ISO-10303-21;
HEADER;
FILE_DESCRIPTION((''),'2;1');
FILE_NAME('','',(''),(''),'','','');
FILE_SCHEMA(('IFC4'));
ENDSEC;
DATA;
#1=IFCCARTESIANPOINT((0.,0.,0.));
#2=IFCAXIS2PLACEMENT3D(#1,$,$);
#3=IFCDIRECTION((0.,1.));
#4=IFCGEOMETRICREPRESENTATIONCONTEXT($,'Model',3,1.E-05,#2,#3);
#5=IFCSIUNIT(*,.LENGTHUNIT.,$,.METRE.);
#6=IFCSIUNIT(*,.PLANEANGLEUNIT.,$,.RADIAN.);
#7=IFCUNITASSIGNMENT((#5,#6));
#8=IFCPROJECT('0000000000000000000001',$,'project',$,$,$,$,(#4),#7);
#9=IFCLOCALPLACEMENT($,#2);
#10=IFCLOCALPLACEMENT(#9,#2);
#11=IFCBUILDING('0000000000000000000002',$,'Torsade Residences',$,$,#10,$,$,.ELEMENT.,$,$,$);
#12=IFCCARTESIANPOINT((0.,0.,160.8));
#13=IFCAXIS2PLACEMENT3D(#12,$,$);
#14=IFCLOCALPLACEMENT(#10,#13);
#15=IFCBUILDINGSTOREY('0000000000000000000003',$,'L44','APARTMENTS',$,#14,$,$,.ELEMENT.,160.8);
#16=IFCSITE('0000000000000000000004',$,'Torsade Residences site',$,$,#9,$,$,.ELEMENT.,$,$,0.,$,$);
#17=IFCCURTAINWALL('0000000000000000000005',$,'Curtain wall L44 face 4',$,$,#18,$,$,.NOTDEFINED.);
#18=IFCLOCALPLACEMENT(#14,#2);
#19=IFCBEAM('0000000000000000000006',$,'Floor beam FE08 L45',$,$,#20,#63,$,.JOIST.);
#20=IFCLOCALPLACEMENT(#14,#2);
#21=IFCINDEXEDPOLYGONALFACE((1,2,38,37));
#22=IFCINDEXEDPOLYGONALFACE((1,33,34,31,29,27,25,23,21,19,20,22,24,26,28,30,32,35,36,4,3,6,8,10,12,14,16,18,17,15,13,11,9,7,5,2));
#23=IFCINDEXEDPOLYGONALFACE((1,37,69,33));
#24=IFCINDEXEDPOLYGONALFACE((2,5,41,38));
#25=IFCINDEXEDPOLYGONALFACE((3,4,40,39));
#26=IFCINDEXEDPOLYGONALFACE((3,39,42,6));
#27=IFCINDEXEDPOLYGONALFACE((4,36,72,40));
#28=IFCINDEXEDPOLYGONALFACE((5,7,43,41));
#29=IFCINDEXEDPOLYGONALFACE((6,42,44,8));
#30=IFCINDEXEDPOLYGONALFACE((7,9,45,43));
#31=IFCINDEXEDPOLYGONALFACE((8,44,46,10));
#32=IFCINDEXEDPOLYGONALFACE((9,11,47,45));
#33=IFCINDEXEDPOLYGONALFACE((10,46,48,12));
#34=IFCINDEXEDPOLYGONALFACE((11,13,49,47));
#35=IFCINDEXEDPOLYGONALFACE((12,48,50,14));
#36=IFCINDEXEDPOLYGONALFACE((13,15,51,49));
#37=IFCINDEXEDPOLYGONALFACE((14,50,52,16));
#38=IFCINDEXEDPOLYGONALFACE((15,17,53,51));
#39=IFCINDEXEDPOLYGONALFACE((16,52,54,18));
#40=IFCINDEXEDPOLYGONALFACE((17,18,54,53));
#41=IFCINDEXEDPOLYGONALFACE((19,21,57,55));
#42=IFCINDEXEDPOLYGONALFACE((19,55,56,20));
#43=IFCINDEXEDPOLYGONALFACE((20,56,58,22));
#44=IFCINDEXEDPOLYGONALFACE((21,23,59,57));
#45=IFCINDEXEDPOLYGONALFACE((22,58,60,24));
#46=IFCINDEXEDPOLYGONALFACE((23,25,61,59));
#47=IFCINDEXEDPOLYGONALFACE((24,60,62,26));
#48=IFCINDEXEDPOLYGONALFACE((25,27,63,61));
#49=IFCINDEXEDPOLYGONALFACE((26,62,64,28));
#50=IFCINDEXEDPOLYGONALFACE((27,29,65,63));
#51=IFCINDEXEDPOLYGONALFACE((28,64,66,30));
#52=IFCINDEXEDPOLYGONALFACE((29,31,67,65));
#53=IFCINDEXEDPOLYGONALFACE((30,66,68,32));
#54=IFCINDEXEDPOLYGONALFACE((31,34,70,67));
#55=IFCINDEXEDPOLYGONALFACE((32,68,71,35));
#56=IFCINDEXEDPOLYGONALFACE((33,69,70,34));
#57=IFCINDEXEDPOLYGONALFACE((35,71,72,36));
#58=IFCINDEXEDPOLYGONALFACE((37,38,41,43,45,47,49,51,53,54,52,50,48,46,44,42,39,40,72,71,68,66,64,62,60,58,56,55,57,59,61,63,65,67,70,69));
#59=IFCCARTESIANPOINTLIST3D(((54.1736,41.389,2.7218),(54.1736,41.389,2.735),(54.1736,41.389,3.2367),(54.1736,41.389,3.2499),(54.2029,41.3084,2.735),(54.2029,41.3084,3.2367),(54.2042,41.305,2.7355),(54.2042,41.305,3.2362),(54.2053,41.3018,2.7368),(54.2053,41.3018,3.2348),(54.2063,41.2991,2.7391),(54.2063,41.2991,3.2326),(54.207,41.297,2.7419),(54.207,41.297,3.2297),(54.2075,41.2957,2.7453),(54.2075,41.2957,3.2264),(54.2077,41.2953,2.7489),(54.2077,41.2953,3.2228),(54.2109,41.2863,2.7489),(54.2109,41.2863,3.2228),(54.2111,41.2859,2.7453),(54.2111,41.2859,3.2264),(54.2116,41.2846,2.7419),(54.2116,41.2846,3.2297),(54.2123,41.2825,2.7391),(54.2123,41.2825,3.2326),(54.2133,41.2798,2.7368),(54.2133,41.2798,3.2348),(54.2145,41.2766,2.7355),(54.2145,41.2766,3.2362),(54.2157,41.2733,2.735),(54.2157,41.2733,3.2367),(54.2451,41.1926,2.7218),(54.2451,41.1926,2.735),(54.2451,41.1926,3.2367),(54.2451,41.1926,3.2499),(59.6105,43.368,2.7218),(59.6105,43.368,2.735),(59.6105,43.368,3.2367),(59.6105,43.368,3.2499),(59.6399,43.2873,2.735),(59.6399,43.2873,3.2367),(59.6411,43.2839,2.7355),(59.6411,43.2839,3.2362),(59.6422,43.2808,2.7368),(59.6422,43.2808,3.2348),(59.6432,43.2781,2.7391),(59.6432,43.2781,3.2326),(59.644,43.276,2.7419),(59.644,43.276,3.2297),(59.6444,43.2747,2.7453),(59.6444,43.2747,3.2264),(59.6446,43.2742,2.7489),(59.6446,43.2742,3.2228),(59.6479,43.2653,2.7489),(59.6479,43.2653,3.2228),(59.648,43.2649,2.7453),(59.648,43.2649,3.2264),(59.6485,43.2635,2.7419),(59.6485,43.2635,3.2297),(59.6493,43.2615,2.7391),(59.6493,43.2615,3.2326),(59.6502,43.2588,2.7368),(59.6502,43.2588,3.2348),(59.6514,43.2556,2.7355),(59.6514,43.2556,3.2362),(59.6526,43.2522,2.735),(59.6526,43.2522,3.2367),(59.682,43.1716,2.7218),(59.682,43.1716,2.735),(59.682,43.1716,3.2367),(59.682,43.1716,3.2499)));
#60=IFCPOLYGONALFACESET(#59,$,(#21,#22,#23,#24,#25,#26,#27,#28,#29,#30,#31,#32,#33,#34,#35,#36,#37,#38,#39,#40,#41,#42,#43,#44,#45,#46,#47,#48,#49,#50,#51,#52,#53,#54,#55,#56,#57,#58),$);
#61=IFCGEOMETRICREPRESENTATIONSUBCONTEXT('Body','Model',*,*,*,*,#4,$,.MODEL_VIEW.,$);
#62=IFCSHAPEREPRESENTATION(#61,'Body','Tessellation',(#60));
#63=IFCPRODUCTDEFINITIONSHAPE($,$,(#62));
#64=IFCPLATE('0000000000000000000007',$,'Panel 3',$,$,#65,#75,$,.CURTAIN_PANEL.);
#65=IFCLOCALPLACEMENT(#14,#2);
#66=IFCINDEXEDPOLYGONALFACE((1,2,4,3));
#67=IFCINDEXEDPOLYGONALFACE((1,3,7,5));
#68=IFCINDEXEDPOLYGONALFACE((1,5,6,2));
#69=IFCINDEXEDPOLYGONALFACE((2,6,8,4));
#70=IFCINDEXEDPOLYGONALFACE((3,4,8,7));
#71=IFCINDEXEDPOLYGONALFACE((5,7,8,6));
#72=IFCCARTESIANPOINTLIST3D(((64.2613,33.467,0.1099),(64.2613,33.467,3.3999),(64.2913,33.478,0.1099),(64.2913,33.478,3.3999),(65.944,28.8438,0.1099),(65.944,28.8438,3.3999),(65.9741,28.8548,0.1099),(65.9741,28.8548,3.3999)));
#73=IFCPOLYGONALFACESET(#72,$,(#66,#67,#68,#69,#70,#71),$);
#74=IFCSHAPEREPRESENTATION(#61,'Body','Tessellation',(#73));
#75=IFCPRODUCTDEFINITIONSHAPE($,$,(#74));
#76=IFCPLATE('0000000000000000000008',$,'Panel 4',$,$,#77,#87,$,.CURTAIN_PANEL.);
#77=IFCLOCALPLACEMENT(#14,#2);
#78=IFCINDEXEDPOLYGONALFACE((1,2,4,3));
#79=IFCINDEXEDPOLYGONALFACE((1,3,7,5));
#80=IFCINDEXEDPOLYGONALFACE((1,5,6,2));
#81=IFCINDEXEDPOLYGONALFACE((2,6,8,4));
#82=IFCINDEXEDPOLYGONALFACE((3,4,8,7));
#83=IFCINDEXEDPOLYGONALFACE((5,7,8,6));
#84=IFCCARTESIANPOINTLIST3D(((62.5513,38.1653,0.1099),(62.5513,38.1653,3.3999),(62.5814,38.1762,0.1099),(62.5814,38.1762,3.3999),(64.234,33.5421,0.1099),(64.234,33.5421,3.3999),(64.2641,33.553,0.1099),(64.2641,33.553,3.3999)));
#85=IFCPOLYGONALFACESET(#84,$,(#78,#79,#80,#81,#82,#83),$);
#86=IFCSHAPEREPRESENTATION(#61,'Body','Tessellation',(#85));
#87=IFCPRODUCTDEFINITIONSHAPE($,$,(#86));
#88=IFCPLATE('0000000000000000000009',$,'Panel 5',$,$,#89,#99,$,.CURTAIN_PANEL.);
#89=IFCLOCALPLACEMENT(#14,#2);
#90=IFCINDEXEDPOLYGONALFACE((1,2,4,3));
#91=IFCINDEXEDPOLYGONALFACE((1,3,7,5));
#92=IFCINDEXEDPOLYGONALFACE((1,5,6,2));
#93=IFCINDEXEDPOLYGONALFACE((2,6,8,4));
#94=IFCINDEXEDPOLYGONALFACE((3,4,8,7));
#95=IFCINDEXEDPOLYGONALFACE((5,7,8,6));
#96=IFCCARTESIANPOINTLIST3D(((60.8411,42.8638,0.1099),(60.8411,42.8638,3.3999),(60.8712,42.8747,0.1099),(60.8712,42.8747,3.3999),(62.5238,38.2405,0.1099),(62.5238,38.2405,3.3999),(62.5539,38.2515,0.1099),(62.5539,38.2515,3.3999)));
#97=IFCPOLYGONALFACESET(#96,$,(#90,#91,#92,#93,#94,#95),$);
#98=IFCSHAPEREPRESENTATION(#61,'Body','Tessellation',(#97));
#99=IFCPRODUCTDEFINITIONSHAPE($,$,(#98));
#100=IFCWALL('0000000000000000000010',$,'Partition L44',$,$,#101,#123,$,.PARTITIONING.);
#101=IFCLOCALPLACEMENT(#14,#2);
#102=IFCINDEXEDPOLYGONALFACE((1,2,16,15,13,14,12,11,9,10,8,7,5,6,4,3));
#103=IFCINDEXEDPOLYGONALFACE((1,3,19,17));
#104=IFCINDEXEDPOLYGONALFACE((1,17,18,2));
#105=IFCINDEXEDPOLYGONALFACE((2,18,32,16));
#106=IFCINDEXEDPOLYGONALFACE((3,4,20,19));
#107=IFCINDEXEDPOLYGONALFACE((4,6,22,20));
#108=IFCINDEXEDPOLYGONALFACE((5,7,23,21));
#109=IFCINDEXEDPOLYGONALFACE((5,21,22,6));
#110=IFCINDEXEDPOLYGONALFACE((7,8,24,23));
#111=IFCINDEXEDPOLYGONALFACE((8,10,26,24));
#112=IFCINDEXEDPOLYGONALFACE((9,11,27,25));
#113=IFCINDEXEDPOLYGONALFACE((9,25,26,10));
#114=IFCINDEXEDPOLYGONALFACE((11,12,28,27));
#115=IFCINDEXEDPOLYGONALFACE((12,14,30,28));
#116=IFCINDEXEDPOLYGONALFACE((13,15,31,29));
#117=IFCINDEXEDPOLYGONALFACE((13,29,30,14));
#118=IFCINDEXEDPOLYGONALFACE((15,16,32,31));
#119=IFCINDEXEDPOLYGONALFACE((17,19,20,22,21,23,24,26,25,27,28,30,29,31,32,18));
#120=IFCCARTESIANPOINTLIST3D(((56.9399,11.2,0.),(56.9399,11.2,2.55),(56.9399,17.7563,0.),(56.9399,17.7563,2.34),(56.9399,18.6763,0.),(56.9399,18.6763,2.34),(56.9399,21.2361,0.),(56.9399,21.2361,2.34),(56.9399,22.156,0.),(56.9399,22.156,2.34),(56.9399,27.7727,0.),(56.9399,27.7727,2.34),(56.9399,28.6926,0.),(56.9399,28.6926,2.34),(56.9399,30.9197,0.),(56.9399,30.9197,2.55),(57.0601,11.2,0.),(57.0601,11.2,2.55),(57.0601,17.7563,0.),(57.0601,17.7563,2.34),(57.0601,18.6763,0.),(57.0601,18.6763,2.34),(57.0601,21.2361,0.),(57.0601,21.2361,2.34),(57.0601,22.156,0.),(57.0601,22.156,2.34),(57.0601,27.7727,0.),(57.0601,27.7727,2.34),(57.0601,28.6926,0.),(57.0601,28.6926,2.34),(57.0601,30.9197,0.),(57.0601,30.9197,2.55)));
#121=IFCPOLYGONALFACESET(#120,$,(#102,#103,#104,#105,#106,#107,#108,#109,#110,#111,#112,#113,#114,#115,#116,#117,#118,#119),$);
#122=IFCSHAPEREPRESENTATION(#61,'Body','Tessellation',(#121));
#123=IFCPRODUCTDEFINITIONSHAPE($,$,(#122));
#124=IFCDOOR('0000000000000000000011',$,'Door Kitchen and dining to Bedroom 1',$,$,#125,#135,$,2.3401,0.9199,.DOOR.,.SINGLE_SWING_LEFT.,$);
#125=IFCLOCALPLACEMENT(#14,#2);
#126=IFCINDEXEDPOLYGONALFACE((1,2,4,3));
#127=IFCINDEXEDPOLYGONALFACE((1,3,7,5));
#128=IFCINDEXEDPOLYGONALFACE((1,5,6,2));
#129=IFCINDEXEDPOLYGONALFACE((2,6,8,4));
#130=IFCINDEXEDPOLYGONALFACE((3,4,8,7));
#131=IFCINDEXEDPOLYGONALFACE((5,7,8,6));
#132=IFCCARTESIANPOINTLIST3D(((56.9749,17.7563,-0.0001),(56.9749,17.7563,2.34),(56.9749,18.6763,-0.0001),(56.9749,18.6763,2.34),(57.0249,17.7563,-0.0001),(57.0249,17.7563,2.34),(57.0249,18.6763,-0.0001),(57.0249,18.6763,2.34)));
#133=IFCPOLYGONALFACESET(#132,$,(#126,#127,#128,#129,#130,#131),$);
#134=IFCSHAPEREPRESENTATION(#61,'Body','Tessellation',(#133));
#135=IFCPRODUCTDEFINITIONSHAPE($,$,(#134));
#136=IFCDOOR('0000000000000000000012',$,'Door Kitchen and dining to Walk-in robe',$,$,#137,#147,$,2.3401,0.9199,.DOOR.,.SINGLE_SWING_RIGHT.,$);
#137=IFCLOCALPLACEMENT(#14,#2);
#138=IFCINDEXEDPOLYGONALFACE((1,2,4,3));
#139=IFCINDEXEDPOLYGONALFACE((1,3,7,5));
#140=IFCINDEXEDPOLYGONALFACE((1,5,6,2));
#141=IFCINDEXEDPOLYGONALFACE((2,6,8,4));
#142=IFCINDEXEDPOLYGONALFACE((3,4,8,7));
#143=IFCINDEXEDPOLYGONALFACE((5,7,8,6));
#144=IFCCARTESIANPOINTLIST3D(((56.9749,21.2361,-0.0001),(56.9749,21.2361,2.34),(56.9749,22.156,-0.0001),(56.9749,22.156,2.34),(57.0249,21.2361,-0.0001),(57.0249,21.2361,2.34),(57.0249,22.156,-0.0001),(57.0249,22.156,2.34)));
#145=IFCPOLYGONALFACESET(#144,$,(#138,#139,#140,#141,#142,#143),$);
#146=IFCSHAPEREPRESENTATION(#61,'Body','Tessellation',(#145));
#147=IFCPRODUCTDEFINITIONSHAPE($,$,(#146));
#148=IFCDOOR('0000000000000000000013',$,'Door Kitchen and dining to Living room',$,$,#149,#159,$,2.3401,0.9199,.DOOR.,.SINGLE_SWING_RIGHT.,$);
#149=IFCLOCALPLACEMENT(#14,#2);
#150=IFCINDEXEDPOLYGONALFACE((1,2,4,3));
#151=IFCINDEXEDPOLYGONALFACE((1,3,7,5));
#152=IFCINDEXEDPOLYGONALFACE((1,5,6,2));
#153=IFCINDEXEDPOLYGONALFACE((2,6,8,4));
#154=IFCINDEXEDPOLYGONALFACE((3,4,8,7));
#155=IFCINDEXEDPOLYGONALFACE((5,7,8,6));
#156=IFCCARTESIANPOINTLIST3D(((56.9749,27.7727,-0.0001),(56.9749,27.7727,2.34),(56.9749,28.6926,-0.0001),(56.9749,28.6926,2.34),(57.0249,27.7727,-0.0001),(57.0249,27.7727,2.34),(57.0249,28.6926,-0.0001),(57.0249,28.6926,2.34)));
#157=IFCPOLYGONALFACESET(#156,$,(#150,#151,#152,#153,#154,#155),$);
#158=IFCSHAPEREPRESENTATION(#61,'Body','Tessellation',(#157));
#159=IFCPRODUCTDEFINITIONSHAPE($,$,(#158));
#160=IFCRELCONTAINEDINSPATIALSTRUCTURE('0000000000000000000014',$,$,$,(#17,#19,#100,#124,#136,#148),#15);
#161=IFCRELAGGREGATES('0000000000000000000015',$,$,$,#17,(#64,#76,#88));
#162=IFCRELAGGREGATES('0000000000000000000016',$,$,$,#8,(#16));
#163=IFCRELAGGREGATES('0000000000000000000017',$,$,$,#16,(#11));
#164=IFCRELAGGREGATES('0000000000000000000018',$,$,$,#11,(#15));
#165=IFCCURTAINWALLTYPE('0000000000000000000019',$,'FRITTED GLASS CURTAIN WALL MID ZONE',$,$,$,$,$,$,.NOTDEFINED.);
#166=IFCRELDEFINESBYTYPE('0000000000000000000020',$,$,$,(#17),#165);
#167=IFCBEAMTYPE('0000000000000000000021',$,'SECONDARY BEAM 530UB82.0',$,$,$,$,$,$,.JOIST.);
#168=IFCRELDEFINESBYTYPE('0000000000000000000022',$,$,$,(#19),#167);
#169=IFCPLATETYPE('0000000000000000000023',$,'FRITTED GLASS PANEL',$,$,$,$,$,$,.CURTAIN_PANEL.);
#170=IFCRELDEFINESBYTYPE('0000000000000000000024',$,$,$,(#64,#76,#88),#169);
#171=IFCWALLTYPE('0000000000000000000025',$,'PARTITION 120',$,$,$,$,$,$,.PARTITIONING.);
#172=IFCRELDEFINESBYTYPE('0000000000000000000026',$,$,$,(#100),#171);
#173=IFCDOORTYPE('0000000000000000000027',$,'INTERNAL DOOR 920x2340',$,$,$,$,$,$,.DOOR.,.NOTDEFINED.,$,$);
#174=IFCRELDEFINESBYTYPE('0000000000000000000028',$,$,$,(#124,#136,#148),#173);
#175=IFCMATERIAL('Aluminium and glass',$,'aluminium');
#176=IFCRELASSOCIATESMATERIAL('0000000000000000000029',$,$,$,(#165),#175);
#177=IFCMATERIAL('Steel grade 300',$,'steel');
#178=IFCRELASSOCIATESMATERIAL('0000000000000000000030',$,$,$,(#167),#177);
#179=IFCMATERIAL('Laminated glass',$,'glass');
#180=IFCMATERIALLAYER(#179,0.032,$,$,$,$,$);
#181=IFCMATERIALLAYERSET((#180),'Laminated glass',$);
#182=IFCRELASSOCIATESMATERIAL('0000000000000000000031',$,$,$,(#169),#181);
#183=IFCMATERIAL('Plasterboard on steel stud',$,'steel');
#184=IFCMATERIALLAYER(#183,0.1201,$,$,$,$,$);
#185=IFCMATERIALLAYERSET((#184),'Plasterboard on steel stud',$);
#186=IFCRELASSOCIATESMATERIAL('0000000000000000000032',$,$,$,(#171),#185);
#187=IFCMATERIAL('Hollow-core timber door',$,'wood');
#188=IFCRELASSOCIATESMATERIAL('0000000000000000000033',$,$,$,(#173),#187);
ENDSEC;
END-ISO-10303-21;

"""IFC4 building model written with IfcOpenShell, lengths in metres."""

from ifc_helpers import new_model, si_unit, direction, frame, frame_2d, origin, origin_2d, place, context, subcontext, project, spatial, rectangle, i_section, extrude, material, layer, layer_set, material_profile, profile_set, type_object, element, fill, aggregate, save


model = new_model("IFC4")

# Units and contexts
model_context = context("Model", 3, precision=1e-05, world=origin(), true_north=direction((0.0, 1.0)))
body_context = subcontext(model_context, "Body", "Model", "MODEL_VIEW")
ifc_project = project(units=[si_unit("LENGTHUNIT", "METRE"), si_unit("PLANEANGLEUNIT", "RADIAN")], contexts=[model_context])

# Site, building, storey
site_placement = place(None, origin())
site = spatial("IfcSite", under=ifc_project, at=site_placement, Name="Torsade Residences site", CompositionType="ELEMENT", RefElevation=0.0)
building_placement = place(site_placement, origin())
building = spatial("IfcBuilding", under=site, at=building_placement, Name="Torsade Residences", CompositionType="ELEMENT")
storey_placement = place(building_placement, frame((0.0, 0.0, 160.8)))
storey = spatial("IfcBuildingStorey", under=building, at=storey_placement, Name="L44", Description="APARTMENTS", CompositionType="ELEMENT", Elevation=160.8)

# Curtain wall
ifc_material_1 = material(Name="Aluminium and glass", Category="aluminium")
curtain_wall_type = type_object("IfcCurtainWallType", Name="FRITTED GLASS CURTAIN WALL MID ZONE", PredefinedType="NOTDEFINED", material=ifc_material_1)
curtain_wall_placement = place(storey_placement, origin())
curtain_wall = element("IfcCurtainWall", 1, at=curtain_wall_placement, inside=storey, type_object=curtain_wall_type, Name="Curtain wall L44 face 4", PredefinedType="NOTDEFINED")

# Beam
ifc_material_2 = material(Name="Steel grade 300", Category="steel")
ifc_material_profile_1 = material_profile(ifc_material_2, i_section(OverallWidth=0.209, OverallDepth=0.5281, WebThickness=0.0095, FlangeThickness=0.0132, FilletRadius=0.0139, at=origin_2d()), Name="530UB82.0")
ifc_profile_set_1 = profile_set([ifc_material_profile_1], Name="Steel grade 300")
beam_type_1 = type_object("IfcBeamType", Name="SECONDARY BEAM 530UB82.0", PredefinedType="JOIST", material=ifc_profile_set_1)
beam_1_placement = place(storey_placement, frame((59.6462, 43.2698, 2.9858), z_axis=(-0.939687, -0.342034, 0.0), x_axis=(0.342034, -0.939687, 0.0)))
element("IfcBeam", 2, at=beam_1_placement, inside=storey, type_object=beam_type_1, Name="Floor beam FE08 L45", PredefinedType="JOIST", context=body_context, shape_type="SweptSolid", body=[
    extrude(i_section(OverallWidth=0.209, OverallDepth=0.5281, WebThickness=0.0095, FlangeThickness=0.0132, FilletRadius=0.0139, at=origin_2d()), origin(), (0.0, 0.0, 1.0), 5.7859),
])

# Plates
ifc_material_3 = material(Name="Laminated glass", Category="glass")
ifc_layer_1 = layer(ifc_material_3, 0.032)
ifc_layer_set_1 = layer_set([ifc_layer_1], Name="Laminated glass")
plate_type = type_object("IfcPlateType", Name="FRITTED GLASS PANEL", PredefinedType="CURTAIN_PANEL", material=ifc_layer_set_1)
plate_1_placement = place(storey_placement, frame((65.1177, 31.1609, 0.1099), z_axis=(0.0, 0.0, 1.0), x_axis=(-0.34202, 0.939693, 0.0)))
plate_1 = element("IfcPlate", 3, at=plate_1_placement, type_object=plate_type, Name="Panel 3", PredefinedType="CURTAIN_PANEL", context=body_context, shape_type="SweptSolid", body=[
    extrude(rectangle(XDim=4.9199, YDim=0.032, at=origin_2d()), origin(), (0.0, 0.0, 1.0), 3.29),
])
plate_2_placement = place(storey_placement, frame((63.4077, 35.8591, 0.1099), z_axis=(0.0, 0.0, 1.0), x_axis=(-0.34202, 0.939693, 0.0)))
plate_2 = element("IfcPlate", 4, at=plate_2_placement, type_object=plate_type, Name="Panel 4", PredefinedType="CURTAIN_PANEL", context=body_context, shape_type="SweptSolid", body=[
    extrude(rectangle(XDim=4.9199, YDim=0.032, at=origin_2d()), origin(), (0.0, 0.0, 1.0), 3.29),
])
plate_3_placement = place(storey_placement, frame((61.6975, 40.5576, 0.1099), z_axis=(0.0, 0.0, 1.0), x_axis=(-0.34202, 0.939693, 0.0)))
plate_3 = element("IfcPlate", 5, at=plate_3_placement, type_object=plate_type, Name="Panel 5", PredefinedType="CURTAIN_PANEL", context=body_context, shape_type="SweptSolid", body=[
    extrude(rectangle(XDim=4.9199, YDim=0.032, at=origin_2d()), origin(), (0.0, 0.0, 1.0), 3.29),
])
aggregate(curtain_wall, [plate_1, plate_2, plate_3])

# Wall, openings, doors
ifc_material_4 = material(Name="Plasterboard on steel stud", Category="steel")
ifc_layer_2 = layer(ifc_material_4, 0.1201)
ifc_layer_set_2 = layer_set([ifc_layer_2], Name="Plasterboard on steel stud")
wall_type_1 = type_object("IfcWallType", Name="PARTITION 120", PredefinedType="PARTITIONING", material=ifc_layer_set_2)
wall_1_placement = place(storey_placement, frame((57.0, 30.9197, 0.0), z_axis=(0.0, 0.0, 1.0), x_axis=(0.0, -1.0, 0.0)))
wall_1 = element("IfcWall", 6, at=wall_1_placement, inside=storey, type_object=wall_type_1, Name="Partition L44", PredefinedType="PARTITIONING", context=body_context, shape_type="SweptSolid", body=[
    extrude(rectangle(XDim=19.7197, YDim=0.1201, at=frame_2d((9.8599, 0.0))), origin(), (0.0, 0.0, 1.0), 2.55),
])
opening_1_placement = place(wall_1_placement, frame((12.2434, 0.0, 0.0)))
opening_1 = element("IfcOpeningElement", 7, at=opening_1_placement, cuts=wall_1, PredefinedType="OPENING", context=body_context, shape_type="SweptSolid", body=[
    extrude(rectangle(XDim=0.9199, YDim=2.3401, at=frame_2d((0.46, 1.1699))), frame((0.0, 0.0701, 0.0), z_axis=(0.0, -1.0, 0.0), x_axis=(1.0, 0.0, 0.0)), (0.0, 0.0, 1.0), 0.1401),
])
opening_2_placement = place(wall_1_placement, frame((8.7637, 0.0, 0.0)))
opening_2 = element("IfcOpeningElement", 8, at=opening_2_placement, cuts=wall_1, PredefinedType="OPENING", context=body_context, shape_type="SweptSolid", body=[
    extrude(rectangle(XDim=0.9199, YDim=2.3401, at=frame_2d((0.46, 1.1699))), frame((0.0, 0.0701, 0.0), z_axis=(0.0, -1.0, 0.0), x_axis=(1.0, 0.0, 0.0)), (0.0, 0.0, 1.0), 0.1401),
])
opening_3_placement = place(wall_1_placement, frame((2.2271, 0.0, 0.0)))
opening_3 = element("IfcOpeningElement", 9, at=opening_3_placement, cuts=wall_1, PredefinedType="OPENING", context=body_context, shape_type="SweptSolid", body=[
    extrude(rectangle(XDim=0.9199, YDim=2.3401, at=frame_2d((0.46, 1.1699))), frame((0.0, 0.0701, 0.0), z_axis=(0.0, -1.0, 0.0), x_axis=(1.0, 0.0, 0.0)), (0.0, 0.0, 1.0), 0.1401),
])
ifc_material_5 = material(Name="Hollow-core timber door", Category="wood")
door_type = type_object("IfcDoorType", Name="INTERNAL DOOR 920x2340", OperationType="NOTDEFINED", PredefinedType="DOOR", material=ifc_material_5)
door_1_placement = place(opening_1_placement, origin())
door_1 = element("IfcDoor", 10, at=door_1_placement, inside=storey, type_object=door_type, Name="Door Kitchen and dining to Bedroom 1", OperationType="SINGLE_SWING_LEFT", OverallHeight=2.3401, OverallWidth=0.9199, PredefinedType="DOOR", context=body_context, shape_type="SweptSolid", body=[
    extrude(rectangle(XDim=0.9199, YDim=2.3401, at=frame_2d((0.46, 1.1699))), frame((0.0, 0.0249, 0.0), z_axis=(0.0, -1.0, 0.0), x_axis=(1.0, 0.0, 0.0)), (0.0, 0.0, 1.0), 0.05),
])
fill(opening_1, door_1)
door_2_placement = place(opening_2_placement, origin())
door_2 = element("IfcDoor", 11, at=door_2_placement, inside=storey, type_object=door_type, Name="Door Kitchen and dining to Walk-in robe", OperationType="SINGLE_SWING_RIGHT", OverallHeight=2.3401, OverallWidth=0.9199, PredefinedType="DOOR", context=body_context, shape_type="SweptSolid", body=[
    extrude(rectangle(XDim=0.9199, YDim=2.3401, at=frame_2d((0.46, 1.1699))), frame((0.0, 0.0249, 0.0), z_axis=(0.0, -1.0, 0.0), x_axis=(1.0, 0.0, 0.0)), (0.0, 0.0, 1.0), 0.05),
])
fill(opening_2, door_2)
door_3_placement = place(opening_3_placement, origin())
door_3 = element("IfcDoor", 12, at=door_3_placement, inside=storey, type_object=door_type, Name="Door Kitchen and dining to Living room", OperationType="SINGLE_SWING_RIGHT", OverallHeight=2.3401, OverallWidth=0.9199, PredefinedType="DOOR", context=body_context, shape_type="SweptSolid", body=[
    extrude(rectangle(XDim=0.9199, YDim=2.3401, at=frame_2d((0.46, 1.1699))), frame((0.0, 0.0249, 0.0), z_axis=(0.0, -1.0, 0.0), x_axis=(1.0, 0.0, 0.0)), (0.0, 0.0, 1.0), 0.05),
])
fill(opening_3, door_3)

save(model, "model.ifc")
